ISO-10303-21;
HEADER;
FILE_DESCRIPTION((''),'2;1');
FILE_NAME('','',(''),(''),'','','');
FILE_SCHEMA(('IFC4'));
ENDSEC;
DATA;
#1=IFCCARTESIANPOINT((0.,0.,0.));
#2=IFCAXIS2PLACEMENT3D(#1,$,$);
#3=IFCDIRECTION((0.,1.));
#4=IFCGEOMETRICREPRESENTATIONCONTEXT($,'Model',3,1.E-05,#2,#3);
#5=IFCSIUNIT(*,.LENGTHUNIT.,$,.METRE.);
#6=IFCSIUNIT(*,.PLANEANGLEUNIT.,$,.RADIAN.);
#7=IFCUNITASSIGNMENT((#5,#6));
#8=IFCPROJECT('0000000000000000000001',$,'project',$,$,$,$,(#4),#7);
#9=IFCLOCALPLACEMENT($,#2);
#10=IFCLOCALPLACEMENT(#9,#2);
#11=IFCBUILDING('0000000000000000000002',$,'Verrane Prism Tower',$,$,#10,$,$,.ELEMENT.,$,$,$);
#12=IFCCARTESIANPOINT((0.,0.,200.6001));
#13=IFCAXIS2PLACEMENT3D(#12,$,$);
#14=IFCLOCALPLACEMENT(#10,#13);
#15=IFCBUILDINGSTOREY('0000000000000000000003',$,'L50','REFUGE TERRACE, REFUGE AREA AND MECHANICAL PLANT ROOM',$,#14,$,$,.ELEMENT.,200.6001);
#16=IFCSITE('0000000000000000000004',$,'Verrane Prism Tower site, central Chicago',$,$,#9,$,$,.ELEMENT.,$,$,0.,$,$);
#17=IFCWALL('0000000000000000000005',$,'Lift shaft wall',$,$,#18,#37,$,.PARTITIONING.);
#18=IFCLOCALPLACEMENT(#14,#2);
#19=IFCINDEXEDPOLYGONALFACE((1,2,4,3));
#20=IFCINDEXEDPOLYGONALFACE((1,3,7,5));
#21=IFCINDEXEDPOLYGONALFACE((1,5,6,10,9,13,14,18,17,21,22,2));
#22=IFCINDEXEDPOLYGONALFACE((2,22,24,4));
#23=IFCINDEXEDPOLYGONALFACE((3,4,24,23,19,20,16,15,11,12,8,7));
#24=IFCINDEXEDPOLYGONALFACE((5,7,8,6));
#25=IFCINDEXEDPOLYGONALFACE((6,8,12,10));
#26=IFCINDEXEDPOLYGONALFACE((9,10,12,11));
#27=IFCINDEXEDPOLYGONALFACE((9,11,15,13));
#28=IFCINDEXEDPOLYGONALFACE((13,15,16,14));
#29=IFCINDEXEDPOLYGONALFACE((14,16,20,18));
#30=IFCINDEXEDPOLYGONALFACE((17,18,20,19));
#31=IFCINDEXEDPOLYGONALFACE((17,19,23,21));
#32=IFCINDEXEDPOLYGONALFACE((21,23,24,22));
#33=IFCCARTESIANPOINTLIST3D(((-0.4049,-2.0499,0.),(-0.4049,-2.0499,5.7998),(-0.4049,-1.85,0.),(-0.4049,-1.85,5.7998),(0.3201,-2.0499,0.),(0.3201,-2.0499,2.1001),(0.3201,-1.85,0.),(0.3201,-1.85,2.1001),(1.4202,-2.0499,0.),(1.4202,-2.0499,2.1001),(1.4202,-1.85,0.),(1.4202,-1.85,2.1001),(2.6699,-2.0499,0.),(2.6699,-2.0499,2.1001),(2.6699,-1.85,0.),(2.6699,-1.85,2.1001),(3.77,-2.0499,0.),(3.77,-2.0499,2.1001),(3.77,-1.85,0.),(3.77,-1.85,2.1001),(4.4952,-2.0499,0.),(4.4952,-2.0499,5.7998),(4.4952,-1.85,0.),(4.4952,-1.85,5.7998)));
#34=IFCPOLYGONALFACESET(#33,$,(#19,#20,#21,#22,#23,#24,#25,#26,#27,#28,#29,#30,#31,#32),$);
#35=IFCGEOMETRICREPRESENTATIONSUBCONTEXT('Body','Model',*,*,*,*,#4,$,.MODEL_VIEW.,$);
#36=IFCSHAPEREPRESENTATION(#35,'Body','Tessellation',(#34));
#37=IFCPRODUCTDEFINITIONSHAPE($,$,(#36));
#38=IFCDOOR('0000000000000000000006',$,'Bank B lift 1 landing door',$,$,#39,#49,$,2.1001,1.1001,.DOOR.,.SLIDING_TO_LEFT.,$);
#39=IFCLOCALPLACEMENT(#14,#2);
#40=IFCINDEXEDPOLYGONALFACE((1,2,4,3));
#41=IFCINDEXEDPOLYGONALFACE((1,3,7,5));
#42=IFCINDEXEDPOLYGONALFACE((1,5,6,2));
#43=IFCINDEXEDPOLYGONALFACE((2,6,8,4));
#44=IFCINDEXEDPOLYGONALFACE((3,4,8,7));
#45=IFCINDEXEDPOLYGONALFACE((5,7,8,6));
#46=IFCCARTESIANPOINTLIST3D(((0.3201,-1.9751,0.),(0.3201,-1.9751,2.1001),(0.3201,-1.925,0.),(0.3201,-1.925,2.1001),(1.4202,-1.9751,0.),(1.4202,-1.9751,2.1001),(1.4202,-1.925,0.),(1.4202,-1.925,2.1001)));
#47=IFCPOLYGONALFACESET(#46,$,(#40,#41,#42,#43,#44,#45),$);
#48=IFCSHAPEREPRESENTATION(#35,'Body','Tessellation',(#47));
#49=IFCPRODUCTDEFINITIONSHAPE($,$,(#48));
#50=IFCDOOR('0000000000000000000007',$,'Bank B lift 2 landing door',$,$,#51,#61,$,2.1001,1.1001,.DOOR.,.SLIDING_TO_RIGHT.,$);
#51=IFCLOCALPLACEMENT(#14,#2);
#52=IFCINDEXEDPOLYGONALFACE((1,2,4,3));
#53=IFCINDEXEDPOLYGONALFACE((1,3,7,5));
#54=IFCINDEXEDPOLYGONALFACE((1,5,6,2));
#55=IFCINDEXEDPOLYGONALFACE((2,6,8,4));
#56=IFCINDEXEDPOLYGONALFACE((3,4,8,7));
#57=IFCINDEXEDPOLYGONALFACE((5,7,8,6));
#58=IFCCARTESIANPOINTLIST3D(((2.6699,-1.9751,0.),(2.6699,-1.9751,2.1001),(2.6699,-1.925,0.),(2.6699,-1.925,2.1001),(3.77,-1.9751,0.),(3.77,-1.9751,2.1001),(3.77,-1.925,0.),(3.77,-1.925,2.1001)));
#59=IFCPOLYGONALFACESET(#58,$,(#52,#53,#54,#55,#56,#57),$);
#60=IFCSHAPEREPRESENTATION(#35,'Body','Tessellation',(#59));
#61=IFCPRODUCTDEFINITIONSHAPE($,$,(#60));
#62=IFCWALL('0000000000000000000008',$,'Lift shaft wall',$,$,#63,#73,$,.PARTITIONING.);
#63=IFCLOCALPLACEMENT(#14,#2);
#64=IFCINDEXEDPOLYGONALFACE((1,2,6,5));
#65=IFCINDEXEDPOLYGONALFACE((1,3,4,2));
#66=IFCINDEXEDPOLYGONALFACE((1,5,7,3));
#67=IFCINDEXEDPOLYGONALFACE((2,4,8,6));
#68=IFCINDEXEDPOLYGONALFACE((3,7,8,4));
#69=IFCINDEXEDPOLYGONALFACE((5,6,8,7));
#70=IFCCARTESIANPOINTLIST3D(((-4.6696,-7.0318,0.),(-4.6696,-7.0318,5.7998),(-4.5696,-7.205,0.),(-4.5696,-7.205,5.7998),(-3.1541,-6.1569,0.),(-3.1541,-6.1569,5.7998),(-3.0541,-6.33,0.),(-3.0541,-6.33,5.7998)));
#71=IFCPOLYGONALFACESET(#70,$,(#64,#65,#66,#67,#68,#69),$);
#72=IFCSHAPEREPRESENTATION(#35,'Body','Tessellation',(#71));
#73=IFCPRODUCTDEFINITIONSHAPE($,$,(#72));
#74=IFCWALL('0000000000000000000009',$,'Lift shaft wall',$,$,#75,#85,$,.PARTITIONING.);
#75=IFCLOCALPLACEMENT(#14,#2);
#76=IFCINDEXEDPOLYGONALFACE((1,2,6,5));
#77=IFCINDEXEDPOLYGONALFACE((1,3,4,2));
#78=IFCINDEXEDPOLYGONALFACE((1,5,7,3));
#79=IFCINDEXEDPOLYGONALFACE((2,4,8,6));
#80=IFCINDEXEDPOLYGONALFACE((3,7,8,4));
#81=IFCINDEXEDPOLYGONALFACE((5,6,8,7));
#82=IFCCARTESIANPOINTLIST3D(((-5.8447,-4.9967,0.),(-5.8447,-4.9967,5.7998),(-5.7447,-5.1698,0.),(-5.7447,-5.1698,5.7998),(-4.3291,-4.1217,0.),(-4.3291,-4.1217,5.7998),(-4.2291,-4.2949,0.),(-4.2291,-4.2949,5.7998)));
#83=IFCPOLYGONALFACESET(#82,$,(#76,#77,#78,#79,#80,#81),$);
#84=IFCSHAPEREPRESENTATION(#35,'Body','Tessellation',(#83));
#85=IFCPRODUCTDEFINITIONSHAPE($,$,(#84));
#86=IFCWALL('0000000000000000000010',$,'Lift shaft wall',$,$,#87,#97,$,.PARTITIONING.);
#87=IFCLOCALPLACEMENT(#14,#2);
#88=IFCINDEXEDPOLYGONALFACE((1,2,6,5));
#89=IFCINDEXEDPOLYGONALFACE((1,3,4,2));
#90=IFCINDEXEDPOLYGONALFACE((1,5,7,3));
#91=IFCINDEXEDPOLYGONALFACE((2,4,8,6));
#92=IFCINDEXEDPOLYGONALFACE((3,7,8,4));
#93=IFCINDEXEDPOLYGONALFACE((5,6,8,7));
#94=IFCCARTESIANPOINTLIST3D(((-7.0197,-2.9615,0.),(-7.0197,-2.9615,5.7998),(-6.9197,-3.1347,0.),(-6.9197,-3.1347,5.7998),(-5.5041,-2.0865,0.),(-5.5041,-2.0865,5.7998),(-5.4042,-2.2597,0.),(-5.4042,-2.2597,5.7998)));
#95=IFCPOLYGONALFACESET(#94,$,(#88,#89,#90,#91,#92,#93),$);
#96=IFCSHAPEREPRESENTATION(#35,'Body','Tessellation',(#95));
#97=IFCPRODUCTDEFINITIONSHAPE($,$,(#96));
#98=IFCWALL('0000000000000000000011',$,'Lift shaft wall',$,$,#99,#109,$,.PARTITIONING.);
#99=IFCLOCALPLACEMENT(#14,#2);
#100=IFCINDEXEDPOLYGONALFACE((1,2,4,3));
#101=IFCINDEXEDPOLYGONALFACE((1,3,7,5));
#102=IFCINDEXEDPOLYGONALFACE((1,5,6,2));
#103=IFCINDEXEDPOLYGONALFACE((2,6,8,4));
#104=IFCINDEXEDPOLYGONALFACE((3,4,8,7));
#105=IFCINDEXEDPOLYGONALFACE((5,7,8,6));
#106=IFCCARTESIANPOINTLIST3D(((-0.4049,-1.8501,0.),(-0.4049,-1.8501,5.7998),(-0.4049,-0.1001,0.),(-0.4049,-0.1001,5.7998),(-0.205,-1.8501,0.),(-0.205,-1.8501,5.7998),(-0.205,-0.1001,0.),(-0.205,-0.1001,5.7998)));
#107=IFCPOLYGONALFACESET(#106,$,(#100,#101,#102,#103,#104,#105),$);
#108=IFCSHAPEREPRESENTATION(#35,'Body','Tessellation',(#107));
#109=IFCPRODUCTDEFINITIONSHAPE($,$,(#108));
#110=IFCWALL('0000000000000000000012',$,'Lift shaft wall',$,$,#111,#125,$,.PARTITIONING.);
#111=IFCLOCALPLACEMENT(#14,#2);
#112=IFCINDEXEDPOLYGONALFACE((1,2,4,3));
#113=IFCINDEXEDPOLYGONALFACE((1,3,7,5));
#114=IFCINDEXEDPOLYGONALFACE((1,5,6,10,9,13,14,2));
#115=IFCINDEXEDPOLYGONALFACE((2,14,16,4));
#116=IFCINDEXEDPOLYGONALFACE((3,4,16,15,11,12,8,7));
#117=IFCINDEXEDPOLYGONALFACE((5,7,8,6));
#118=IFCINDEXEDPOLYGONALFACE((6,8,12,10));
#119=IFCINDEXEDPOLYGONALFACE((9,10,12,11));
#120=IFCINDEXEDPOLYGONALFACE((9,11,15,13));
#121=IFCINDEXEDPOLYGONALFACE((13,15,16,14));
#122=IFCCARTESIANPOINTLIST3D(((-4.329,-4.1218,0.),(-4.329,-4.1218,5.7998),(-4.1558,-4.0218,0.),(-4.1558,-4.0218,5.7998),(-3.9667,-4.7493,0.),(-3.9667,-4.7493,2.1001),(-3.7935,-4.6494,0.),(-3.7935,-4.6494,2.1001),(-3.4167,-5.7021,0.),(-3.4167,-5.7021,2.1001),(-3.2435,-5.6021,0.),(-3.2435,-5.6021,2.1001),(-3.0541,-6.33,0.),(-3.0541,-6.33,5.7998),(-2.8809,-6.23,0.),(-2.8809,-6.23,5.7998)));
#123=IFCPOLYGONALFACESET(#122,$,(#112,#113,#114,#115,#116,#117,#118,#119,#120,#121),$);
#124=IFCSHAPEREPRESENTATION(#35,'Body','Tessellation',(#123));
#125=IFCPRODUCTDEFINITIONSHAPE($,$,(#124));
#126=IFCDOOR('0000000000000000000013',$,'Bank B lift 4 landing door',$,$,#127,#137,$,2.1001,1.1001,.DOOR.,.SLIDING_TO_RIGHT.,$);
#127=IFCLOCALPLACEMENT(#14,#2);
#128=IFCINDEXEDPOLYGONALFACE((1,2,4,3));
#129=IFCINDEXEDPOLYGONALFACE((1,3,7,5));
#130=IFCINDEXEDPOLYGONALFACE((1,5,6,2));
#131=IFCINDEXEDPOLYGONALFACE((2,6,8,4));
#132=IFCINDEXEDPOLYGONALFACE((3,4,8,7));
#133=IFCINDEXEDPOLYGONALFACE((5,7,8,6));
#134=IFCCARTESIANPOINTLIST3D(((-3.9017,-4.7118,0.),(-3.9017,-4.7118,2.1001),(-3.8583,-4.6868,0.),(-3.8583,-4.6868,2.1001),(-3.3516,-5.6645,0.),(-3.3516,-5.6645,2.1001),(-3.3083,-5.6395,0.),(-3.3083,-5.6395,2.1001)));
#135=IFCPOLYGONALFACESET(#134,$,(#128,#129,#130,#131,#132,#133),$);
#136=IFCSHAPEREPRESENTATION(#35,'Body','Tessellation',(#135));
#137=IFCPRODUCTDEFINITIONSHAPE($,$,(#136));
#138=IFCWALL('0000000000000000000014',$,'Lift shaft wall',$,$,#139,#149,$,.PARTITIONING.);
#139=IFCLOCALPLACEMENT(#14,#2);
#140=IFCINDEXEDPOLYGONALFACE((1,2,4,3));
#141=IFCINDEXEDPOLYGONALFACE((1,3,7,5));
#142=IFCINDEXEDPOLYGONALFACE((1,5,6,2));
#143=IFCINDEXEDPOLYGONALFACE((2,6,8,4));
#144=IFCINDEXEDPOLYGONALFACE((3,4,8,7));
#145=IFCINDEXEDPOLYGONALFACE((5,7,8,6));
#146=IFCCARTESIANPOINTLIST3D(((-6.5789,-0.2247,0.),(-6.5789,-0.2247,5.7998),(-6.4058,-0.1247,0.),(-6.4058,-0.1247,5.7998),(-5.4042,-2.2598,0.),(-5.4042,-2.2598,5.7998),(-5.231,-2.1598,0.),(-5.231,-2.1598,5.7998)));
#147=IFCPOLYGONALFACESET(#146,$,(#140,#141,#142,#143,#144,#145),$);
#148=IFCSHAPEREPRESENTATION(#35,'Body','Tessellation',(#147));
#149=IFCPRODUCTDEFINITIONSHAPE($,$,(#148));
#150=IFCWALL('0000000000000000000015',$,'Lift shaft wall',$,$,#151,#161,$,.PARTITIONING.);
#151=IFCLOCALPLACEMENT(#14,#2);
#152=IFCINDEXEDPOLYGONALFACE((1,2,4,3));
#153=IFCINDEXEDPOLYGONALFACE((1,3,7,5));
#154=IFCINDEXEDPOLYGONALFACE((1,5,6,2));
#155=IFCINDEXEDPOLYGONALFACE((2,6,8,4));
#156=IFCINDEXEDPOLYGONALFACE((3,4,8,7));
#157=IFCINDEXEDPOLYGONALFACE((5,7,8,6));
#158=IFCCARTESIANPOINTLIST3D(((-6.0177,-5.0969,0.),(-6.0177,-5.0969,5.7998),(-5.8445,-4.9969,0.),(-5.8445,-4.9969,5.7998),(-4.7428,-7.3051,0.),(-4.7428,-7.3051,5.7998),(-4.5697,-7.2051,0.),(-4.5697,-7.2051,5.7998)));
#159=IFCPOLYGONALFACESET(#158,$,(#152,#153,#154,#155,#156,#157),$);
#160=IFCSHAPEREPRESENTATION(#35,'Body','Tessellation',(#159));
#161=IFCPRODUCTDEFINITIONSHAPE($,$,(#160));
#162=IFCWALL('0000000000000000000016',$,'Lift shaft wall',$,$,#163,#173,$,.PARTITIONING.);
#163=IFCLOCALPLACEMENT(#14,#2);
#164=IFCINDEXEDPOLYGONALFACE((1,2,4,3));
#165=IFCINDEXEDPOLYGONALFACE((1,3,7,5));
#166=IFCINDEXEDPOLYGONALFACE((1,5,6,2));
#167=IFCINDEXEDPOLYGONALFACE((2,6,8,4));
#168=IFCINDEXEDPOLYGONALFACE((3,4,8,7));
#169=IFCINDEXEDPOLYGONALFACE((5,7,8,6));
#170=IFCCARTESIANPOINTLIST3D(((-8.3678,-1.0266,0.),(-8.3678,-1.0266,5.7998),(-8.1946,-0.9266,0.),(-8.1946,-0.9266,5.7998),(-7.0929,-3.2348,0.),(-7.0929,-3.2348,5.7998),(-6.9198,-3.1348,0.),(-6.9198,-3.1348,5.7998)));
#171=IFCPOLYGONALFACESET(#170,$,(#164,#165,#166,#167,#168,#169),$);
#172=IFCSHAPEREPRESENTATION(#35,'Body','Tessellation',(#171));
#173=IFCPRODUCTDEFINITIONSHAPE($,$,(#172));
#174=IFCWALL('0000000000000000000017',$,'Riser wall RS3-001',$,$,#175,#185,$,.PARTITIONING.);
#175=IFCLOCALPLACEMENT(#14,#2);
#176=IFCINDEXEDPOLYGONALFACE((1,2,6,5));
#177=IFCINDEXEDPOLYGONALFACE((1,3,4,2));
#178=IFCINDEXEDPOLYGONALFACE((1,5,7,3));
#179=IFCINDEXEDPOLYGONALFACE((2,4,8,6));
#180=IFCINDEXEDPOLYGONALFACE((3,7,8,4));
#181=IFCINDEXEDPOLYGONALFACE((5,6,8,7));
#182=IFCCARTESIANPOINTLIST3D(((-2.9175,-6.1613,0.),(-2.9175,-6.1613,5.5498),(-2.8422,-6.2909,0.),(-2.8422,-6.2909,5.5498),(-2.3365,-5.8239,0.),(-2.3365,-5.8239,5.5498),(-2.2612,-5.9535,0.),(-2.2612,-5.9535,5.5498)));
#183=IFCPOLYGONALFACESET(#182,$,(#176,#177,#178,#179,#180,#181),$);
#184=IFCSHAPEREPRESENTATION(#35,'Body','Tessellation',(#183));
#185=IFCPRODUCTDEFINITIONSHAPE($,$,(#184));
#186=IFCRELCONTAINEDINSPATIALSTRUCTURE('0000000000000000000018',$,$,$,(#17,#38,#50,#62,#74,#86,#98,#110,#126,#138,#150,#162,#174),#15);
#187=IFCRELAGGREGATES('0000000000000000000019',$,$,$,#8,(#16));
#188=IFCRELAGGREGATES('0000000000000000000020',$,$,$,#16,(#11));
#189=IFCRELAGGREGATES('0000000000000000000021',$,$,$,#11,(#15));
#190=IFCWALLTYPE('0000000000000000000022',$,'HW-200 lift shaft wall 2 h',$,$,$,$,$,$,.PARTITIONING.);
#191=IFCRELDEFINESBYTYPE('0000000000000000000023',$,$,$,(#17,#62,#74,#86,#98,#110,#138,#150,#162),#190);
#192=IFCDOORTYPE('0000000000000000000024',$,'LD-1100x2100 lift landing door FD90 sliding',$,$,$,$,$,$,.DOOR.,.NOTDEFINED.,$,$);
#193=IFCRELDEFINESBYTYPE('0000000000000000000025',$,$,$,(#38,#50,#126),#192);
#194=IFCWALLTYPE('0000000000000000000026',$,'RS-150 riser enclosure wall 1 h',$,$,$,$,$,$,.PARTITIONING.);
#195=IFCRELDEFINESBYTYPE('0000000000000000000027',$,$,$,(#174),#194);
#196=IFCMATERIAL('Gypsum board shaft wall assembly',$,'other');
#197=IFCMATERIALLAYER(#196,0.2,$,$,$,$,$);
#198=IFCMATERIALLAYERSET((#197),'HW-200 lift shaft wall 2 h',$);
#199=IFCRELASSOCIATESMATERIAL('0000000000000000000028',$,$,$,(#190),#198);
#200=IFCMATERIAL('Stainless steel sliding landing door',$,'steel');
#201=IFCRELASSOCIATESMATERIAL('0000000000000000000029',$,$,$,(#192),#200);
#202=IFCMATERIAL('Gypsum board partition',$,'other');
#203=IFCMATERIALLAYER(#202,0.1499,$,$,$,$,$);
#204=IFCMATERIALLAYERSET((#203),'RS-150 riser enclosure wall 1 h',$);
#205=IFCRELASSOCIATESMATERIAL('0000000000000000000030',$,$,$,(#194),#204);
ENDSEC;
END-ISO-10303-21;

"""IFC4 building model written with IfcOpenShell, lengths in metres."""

from ifc_helpers import new_model, si_unit, direction, frame, frame_2d, origin, place, context, subcontext, project, spatial, rectangle, extrude, material, layer, layer_set, type_object, element, fill, save


model = new_model("IFC4")

# Units and contexts
model_context = context("Model", 3, precision=1e-05, world=origin(), true_north=direction((0.0, 1.0)))
body_context = subcontext(model_context, "Body", "Model", "MODEL_VIEW")
ifc_project = project(units=[si_unit("LENGTHUNIT", "METRE"), si_unit("PLANEANGLEUNIT", "RADIAN")], contexts=[model_context])

# Site, building, storey
site_placement = place(None, origin())
site = spatial("IfcSite", under=ifc_project, at=site_placement, Name="Verrane Prism Tower site, central Chicago", CompositionType="ELEMENT", RefElevation=0.0)
building_placement = place(site_placement, origin())
building = spatial("IfcBuilding", under=site, at=building_placement, Name="Verrane Prism Tower", CompositionType="ELEMENT")
storey_placement = place(building_placement, frame((0.0, 0.0, 200.6001)))
storey = spatial("IfcBuildingStorey", under=building, at=storey_placement, Name="L50", Description="REFUGE TERRACE, REFUGE AREA AND MECHANICAL PLANT ROOM", CompositionType="ELEMENT", Elevation=200.6001)

# Wall, openings, doors
ifc_material_1 = material(Name="Gypsum board shaft wall assembly", Category="other")
ifc_layer_1 = layer(ifc_material_1, 0.2)
ifc_layer_set_1 = layer_set([ifc_layer_1], Name="HW-200 lift shaft wall 2 h")
wall_type_1 = type_object("IfcWallType", Name="HW-200 lift shaft wall 2 h", PredefinedType="PARTITIONING", material=ifc_layer_set_1)
wall_1_placement = place(storey_placement, frame((-0.405, -1.95, 0.0), z_axis=(0.0, 0.0, 1.0), x_axis=(1.0, 0.0, 0.0)))
wall_1 = element("IfcWall", 1, at=wall_1_placement, inside=storey, type_object=wall_type_1, Name="Lift shaft wall", PredefinedType="PARTITIONING", context=body_context, shape_type="SweptSolid", body=[
    extrude(rectangle(XDim=4.9001, YDim=0.2, at=frame_2d((2.4502, 0.0))), origin(), (0.0, 0.0, 1.0), 5.7998),
])
opening_1_placement = place(wall_1_placement, frame((0.7251, 0.0, 0.0)))
opening_1 = element("IfcOpeningElement", 2, at=opening_1_placement, cuts=wall_1, PredefinedType="OPENING", context=body_context, shape_type="SweptSolid", body=[
    extrude(rectangle(XDim=1.1001, YDim=2.1001, at=frame_2d((0.55, 1.05))), frame((0.0, 0.1099, 0.0), z_axis=(0.0, -1.0, 0.0), x_axis=(1.0, 0.0, 0.0)), (0.0, 0.0, 1.0), 0.22),
])
opening_2_placement = place(wall_1_placement, frame((3.075, 0.0, 0.0)))
opening_2 = element("IfcOpeningElement", 3, at=opening_2_placement, cuts=wall_1, PredefinedType="OPENING", context=body_context, shape_type="SweptSolid", body=[
    extrude(rectangle(XDim=1.1001, YDim=2.1001, at=frame_2d((0.55, 1.05))), frame((0.0, 0.1099, 0.0), z_axis=(0.0, -1.0, 0.0), x_axis=(1.0, 0.0, 0.0)), (0.0, 0.0, 1.0), 0.22),
])
ifc_material_2 = material(Name="Stainless steel sliding landing door", Category="steel")
door_type_1 = type_object("IfcDoorType", Name="LD-1100x2100 lift landing door FD90 sliding", OperationType="NOTDEFINED", PredefinedType="DOOR", material=ifc_material_2)
door_1_placement = place(opening_1_placement, origin())
door_1 = element("IfcDoor", 4, at=door_1_placement, inside=storey, type_object=door_type_1, Name="Bank B lift 1 landing door", OperationType="SLIDING_TO_LEFT", OverallHeight=2.1001, OverallWidth=1.1001, PredefinedType="DOOR", context=body_context, shape_type="SweptSolid", body=[
    extrude(rectangle(XDim=1.1001, YDim=2.1001, at=frame_2d((0.55, 1.05))), frame((0.0, 0.0249, 0.0), z_axis=(0.0, -1.0, 0.0), x_axis=(1.0, 0.0, 0.0)), (0.0, 0.0, 1.0), 0.05),
])
fill(opening_1, door_1)
door_2_placement = place(opening_2_placement, origin())
door_2 = element("IfcDoor", 5, at=door_2_placement, inside=storey, type_object=door_type_1, Name="Bank B lift 2 landing door", OperationType="SLIDING_TO_RIGHT", OverallHeight=2.1001, OverallWidth=1.1001, PredefinedType="DOOR", context=body_context, shape_type="SweptSolid", body=[
    extrude(rectangle(XDim=1.1001, YDim=2.1001, at=frame_2d((0.55, 1.05))), frame((0.0, 0.0249, 0.0), z_axis=(0.0, -1.0, 0.0), x_axis=(1.0, 0.0, 0.0)), (0.0, 0.0, 1.0), 0.05),
])
fill(opening_2, door_2)

# Walls
for number, where, z_axis, x_axis, name in (
    (6, (-4.6196, -7.1184, 0.0), (0.0, 0.0, 1.0), (0.866037, 0.49998, 0.0), "Lift shaft wall"),
    (7, (-5.7947, -5.0833, 0.0), (0.0, 0.0, 1.0), (0.866037, 0.49998, 0.0), "Lift shaft wall"),
    (8, (-6.9697, -3.0481, 0.0), (0.0, 0.0, 1.0), (0.866037, 0.49998, 0.0), "Lift shaft wall"),
    (9, (-0.3049, -1.8501, 0.0), (0.0, 0.0, 1.0), (0.0, 1.0, 0.0), "Lift shaft wall"),
):
    element("IfcWall", number, at=place(storey_placement, frame(where, z_axis=z_axis, x_axis=x_axis)), inside=storey, type_object=wall_type_1, Name=name, PredefinedType="PARTITIONING", context=body_context, shape_type="SweptSolid", body=[
        extrude(rectangle(XDim=1.75, YDim=0.2, at=frame_2d((0.875, 0.0))), origin(), (0.0, 0.0, 1.0), 5.7998),
    ])

# Wall, opening, door
wall_2_placement = place(storey_placement, frame((-2.9675, -6.28, 0.0), z_axis=(0.0, 0.0, 1.0), x_axis=(-0.49999, 0.866031, 0.0)))
wall_2 = element("IfcWall", 10, at=wall_2_placement, inside=storey, type_object=wall_type_1, Name="Lift shaft wall", PredefinedType="PARTITIONING", context=body_context, shape_type="SweptSolid", body=[
    extrude(rectangle(XDim=2.5498, YDim=0.2, at=frame_2d((1.2749, 0.0))), origin(), (0.0, 0.0, 1.0), 5.7998),
])
opening_3_placement = place(wall_2_placement, frame((0.7251, 0.0, 0.0)))
opening_3 = element("IfcOpeningElement", 11, at=opening_3_placement, cuts=wall_2, PredefinedType="OPENING", context=body_context, shape_type="SweptSolid", body=[
    extrude(rectangle(XDim=1.1001, YDim=2.1001, at=frame_2d((0.55, 1.05))), frame((0.0, 0.1099, 0.0), z_axis=(0.0, -1.0, 0.0), x_axis=(1.0, 0.0, 0.0)), (0.0, 0.0, 1.0), 0.22),
])
door_3_placement = place(opening_3_placement, origin())
door_3 = element("IfcDoor", 12, at=door_3_placement, inside=storey, type_object=door_type_1, Name="Bank B lift 4 landing door", OperationType="SLIDING_TO_RIGHT", OverallHeight=2.1001, OverallWidth=1.1001, PredefinedType="DOOR", context=body_context, shape_type="SweptSolid", body=[
    extrude(rectangle(XDim=1.1001, YDim=2.1001, at=frame_2d((0.55, 1.05))), frame((0.0, 0.0249, 0.0), z_axis=(0.0, -1.0, 0.0), x_axis=(1.0, 0.0, 0.0)), (0.0, 0.0, 1.0), 0.05),
])
fill(opening_3, door_3)

# Walls
wall_3_placement = place(storey_placement, frame((-5.3176, -2.2097, 0.0), z_axis=(0.0, 0.0, 1.0), x_axis=(-0.499938, 0.866061, 0.0)))
element("IfcWall", 13, at=wall_3_placement, inside=storey, type_object=wall_type_1, Name="Lift shaft wall", PredefinedType="PARTITIONING", context=body_context, shape_type="SweptSolid", body=[
    extrude(rectangle(XDim=2.3499, YDim=0.2, at=frame_2d((1.1748, 0.0))), origin(), (0.0, 0.0, 1.0), 5.7998),
])
for number, where, z_axis, x_axis, name in (
    (14, (-4.6562, -7.2551, 0.0), (0.0, 0.0, 1.0), (-0.49999, 0.866031, 0.0), "Lift shaft wall"),
    (15, (-7.0063, -3.1848, 0.0), (0.0, 0.0, 1.0), (-0.49999, 0.866031, 0.0), "Lift shaft wall"),
):
    element("IfcWall", number, at=place(storey_placement, frame(where, z_axis=z_axis, x_axis=x_axis)), inside=storey, type_object=wall_type_1, Name=name, PredefinedType="PARTITIONING", context=body_context, shape_type="SweptSolid", body=[
        extrude(rectangle(XDim=2.5498, YDim=0.2, at=frame_2d((1.2749, 0.0))), origin(), (0.0, 0.0, 1.0), 5.7998),
    ])
ifc_material_3 = material(Name="Gypsum board partition", Category="other")
ifc_layer_2 = layer(ifc_material_3, 0.1499)
ifc_layer_set_2 = layer_set([ifc_layer_2], Name="RS-150 riser enclosure wall 1 h")
wall_type_2 = type_object("IfcWallType", Name="RS-150 riser enclosure wall 1 h", PredefinedType="PARTITIONING", material=ifc_layer_set_2)
wall_4_placement = place(storey_placement, frame((-2.8799, -6.2261, 0.0), z_axis=(0.0, 0.0, 1.0), x_axis=(0.864779, 0.502153, 0.0)))
element("IfcWall", 16, at=wall_4_placement, inside=storey, type_object=wall_type_2, Name="Riser wall RS3-001", PredefinedType="PARTITIONING", context=body_context, shape_type="SweptSolid", body=[
    extrude(rectangle(XDim=0.6719, YDim=0.1499, at=frame_2d((0.3359, 0.0))), origin(), (0.0, 0.0, 1.0), 5.5498),
])

save(model, "model.ifc")
